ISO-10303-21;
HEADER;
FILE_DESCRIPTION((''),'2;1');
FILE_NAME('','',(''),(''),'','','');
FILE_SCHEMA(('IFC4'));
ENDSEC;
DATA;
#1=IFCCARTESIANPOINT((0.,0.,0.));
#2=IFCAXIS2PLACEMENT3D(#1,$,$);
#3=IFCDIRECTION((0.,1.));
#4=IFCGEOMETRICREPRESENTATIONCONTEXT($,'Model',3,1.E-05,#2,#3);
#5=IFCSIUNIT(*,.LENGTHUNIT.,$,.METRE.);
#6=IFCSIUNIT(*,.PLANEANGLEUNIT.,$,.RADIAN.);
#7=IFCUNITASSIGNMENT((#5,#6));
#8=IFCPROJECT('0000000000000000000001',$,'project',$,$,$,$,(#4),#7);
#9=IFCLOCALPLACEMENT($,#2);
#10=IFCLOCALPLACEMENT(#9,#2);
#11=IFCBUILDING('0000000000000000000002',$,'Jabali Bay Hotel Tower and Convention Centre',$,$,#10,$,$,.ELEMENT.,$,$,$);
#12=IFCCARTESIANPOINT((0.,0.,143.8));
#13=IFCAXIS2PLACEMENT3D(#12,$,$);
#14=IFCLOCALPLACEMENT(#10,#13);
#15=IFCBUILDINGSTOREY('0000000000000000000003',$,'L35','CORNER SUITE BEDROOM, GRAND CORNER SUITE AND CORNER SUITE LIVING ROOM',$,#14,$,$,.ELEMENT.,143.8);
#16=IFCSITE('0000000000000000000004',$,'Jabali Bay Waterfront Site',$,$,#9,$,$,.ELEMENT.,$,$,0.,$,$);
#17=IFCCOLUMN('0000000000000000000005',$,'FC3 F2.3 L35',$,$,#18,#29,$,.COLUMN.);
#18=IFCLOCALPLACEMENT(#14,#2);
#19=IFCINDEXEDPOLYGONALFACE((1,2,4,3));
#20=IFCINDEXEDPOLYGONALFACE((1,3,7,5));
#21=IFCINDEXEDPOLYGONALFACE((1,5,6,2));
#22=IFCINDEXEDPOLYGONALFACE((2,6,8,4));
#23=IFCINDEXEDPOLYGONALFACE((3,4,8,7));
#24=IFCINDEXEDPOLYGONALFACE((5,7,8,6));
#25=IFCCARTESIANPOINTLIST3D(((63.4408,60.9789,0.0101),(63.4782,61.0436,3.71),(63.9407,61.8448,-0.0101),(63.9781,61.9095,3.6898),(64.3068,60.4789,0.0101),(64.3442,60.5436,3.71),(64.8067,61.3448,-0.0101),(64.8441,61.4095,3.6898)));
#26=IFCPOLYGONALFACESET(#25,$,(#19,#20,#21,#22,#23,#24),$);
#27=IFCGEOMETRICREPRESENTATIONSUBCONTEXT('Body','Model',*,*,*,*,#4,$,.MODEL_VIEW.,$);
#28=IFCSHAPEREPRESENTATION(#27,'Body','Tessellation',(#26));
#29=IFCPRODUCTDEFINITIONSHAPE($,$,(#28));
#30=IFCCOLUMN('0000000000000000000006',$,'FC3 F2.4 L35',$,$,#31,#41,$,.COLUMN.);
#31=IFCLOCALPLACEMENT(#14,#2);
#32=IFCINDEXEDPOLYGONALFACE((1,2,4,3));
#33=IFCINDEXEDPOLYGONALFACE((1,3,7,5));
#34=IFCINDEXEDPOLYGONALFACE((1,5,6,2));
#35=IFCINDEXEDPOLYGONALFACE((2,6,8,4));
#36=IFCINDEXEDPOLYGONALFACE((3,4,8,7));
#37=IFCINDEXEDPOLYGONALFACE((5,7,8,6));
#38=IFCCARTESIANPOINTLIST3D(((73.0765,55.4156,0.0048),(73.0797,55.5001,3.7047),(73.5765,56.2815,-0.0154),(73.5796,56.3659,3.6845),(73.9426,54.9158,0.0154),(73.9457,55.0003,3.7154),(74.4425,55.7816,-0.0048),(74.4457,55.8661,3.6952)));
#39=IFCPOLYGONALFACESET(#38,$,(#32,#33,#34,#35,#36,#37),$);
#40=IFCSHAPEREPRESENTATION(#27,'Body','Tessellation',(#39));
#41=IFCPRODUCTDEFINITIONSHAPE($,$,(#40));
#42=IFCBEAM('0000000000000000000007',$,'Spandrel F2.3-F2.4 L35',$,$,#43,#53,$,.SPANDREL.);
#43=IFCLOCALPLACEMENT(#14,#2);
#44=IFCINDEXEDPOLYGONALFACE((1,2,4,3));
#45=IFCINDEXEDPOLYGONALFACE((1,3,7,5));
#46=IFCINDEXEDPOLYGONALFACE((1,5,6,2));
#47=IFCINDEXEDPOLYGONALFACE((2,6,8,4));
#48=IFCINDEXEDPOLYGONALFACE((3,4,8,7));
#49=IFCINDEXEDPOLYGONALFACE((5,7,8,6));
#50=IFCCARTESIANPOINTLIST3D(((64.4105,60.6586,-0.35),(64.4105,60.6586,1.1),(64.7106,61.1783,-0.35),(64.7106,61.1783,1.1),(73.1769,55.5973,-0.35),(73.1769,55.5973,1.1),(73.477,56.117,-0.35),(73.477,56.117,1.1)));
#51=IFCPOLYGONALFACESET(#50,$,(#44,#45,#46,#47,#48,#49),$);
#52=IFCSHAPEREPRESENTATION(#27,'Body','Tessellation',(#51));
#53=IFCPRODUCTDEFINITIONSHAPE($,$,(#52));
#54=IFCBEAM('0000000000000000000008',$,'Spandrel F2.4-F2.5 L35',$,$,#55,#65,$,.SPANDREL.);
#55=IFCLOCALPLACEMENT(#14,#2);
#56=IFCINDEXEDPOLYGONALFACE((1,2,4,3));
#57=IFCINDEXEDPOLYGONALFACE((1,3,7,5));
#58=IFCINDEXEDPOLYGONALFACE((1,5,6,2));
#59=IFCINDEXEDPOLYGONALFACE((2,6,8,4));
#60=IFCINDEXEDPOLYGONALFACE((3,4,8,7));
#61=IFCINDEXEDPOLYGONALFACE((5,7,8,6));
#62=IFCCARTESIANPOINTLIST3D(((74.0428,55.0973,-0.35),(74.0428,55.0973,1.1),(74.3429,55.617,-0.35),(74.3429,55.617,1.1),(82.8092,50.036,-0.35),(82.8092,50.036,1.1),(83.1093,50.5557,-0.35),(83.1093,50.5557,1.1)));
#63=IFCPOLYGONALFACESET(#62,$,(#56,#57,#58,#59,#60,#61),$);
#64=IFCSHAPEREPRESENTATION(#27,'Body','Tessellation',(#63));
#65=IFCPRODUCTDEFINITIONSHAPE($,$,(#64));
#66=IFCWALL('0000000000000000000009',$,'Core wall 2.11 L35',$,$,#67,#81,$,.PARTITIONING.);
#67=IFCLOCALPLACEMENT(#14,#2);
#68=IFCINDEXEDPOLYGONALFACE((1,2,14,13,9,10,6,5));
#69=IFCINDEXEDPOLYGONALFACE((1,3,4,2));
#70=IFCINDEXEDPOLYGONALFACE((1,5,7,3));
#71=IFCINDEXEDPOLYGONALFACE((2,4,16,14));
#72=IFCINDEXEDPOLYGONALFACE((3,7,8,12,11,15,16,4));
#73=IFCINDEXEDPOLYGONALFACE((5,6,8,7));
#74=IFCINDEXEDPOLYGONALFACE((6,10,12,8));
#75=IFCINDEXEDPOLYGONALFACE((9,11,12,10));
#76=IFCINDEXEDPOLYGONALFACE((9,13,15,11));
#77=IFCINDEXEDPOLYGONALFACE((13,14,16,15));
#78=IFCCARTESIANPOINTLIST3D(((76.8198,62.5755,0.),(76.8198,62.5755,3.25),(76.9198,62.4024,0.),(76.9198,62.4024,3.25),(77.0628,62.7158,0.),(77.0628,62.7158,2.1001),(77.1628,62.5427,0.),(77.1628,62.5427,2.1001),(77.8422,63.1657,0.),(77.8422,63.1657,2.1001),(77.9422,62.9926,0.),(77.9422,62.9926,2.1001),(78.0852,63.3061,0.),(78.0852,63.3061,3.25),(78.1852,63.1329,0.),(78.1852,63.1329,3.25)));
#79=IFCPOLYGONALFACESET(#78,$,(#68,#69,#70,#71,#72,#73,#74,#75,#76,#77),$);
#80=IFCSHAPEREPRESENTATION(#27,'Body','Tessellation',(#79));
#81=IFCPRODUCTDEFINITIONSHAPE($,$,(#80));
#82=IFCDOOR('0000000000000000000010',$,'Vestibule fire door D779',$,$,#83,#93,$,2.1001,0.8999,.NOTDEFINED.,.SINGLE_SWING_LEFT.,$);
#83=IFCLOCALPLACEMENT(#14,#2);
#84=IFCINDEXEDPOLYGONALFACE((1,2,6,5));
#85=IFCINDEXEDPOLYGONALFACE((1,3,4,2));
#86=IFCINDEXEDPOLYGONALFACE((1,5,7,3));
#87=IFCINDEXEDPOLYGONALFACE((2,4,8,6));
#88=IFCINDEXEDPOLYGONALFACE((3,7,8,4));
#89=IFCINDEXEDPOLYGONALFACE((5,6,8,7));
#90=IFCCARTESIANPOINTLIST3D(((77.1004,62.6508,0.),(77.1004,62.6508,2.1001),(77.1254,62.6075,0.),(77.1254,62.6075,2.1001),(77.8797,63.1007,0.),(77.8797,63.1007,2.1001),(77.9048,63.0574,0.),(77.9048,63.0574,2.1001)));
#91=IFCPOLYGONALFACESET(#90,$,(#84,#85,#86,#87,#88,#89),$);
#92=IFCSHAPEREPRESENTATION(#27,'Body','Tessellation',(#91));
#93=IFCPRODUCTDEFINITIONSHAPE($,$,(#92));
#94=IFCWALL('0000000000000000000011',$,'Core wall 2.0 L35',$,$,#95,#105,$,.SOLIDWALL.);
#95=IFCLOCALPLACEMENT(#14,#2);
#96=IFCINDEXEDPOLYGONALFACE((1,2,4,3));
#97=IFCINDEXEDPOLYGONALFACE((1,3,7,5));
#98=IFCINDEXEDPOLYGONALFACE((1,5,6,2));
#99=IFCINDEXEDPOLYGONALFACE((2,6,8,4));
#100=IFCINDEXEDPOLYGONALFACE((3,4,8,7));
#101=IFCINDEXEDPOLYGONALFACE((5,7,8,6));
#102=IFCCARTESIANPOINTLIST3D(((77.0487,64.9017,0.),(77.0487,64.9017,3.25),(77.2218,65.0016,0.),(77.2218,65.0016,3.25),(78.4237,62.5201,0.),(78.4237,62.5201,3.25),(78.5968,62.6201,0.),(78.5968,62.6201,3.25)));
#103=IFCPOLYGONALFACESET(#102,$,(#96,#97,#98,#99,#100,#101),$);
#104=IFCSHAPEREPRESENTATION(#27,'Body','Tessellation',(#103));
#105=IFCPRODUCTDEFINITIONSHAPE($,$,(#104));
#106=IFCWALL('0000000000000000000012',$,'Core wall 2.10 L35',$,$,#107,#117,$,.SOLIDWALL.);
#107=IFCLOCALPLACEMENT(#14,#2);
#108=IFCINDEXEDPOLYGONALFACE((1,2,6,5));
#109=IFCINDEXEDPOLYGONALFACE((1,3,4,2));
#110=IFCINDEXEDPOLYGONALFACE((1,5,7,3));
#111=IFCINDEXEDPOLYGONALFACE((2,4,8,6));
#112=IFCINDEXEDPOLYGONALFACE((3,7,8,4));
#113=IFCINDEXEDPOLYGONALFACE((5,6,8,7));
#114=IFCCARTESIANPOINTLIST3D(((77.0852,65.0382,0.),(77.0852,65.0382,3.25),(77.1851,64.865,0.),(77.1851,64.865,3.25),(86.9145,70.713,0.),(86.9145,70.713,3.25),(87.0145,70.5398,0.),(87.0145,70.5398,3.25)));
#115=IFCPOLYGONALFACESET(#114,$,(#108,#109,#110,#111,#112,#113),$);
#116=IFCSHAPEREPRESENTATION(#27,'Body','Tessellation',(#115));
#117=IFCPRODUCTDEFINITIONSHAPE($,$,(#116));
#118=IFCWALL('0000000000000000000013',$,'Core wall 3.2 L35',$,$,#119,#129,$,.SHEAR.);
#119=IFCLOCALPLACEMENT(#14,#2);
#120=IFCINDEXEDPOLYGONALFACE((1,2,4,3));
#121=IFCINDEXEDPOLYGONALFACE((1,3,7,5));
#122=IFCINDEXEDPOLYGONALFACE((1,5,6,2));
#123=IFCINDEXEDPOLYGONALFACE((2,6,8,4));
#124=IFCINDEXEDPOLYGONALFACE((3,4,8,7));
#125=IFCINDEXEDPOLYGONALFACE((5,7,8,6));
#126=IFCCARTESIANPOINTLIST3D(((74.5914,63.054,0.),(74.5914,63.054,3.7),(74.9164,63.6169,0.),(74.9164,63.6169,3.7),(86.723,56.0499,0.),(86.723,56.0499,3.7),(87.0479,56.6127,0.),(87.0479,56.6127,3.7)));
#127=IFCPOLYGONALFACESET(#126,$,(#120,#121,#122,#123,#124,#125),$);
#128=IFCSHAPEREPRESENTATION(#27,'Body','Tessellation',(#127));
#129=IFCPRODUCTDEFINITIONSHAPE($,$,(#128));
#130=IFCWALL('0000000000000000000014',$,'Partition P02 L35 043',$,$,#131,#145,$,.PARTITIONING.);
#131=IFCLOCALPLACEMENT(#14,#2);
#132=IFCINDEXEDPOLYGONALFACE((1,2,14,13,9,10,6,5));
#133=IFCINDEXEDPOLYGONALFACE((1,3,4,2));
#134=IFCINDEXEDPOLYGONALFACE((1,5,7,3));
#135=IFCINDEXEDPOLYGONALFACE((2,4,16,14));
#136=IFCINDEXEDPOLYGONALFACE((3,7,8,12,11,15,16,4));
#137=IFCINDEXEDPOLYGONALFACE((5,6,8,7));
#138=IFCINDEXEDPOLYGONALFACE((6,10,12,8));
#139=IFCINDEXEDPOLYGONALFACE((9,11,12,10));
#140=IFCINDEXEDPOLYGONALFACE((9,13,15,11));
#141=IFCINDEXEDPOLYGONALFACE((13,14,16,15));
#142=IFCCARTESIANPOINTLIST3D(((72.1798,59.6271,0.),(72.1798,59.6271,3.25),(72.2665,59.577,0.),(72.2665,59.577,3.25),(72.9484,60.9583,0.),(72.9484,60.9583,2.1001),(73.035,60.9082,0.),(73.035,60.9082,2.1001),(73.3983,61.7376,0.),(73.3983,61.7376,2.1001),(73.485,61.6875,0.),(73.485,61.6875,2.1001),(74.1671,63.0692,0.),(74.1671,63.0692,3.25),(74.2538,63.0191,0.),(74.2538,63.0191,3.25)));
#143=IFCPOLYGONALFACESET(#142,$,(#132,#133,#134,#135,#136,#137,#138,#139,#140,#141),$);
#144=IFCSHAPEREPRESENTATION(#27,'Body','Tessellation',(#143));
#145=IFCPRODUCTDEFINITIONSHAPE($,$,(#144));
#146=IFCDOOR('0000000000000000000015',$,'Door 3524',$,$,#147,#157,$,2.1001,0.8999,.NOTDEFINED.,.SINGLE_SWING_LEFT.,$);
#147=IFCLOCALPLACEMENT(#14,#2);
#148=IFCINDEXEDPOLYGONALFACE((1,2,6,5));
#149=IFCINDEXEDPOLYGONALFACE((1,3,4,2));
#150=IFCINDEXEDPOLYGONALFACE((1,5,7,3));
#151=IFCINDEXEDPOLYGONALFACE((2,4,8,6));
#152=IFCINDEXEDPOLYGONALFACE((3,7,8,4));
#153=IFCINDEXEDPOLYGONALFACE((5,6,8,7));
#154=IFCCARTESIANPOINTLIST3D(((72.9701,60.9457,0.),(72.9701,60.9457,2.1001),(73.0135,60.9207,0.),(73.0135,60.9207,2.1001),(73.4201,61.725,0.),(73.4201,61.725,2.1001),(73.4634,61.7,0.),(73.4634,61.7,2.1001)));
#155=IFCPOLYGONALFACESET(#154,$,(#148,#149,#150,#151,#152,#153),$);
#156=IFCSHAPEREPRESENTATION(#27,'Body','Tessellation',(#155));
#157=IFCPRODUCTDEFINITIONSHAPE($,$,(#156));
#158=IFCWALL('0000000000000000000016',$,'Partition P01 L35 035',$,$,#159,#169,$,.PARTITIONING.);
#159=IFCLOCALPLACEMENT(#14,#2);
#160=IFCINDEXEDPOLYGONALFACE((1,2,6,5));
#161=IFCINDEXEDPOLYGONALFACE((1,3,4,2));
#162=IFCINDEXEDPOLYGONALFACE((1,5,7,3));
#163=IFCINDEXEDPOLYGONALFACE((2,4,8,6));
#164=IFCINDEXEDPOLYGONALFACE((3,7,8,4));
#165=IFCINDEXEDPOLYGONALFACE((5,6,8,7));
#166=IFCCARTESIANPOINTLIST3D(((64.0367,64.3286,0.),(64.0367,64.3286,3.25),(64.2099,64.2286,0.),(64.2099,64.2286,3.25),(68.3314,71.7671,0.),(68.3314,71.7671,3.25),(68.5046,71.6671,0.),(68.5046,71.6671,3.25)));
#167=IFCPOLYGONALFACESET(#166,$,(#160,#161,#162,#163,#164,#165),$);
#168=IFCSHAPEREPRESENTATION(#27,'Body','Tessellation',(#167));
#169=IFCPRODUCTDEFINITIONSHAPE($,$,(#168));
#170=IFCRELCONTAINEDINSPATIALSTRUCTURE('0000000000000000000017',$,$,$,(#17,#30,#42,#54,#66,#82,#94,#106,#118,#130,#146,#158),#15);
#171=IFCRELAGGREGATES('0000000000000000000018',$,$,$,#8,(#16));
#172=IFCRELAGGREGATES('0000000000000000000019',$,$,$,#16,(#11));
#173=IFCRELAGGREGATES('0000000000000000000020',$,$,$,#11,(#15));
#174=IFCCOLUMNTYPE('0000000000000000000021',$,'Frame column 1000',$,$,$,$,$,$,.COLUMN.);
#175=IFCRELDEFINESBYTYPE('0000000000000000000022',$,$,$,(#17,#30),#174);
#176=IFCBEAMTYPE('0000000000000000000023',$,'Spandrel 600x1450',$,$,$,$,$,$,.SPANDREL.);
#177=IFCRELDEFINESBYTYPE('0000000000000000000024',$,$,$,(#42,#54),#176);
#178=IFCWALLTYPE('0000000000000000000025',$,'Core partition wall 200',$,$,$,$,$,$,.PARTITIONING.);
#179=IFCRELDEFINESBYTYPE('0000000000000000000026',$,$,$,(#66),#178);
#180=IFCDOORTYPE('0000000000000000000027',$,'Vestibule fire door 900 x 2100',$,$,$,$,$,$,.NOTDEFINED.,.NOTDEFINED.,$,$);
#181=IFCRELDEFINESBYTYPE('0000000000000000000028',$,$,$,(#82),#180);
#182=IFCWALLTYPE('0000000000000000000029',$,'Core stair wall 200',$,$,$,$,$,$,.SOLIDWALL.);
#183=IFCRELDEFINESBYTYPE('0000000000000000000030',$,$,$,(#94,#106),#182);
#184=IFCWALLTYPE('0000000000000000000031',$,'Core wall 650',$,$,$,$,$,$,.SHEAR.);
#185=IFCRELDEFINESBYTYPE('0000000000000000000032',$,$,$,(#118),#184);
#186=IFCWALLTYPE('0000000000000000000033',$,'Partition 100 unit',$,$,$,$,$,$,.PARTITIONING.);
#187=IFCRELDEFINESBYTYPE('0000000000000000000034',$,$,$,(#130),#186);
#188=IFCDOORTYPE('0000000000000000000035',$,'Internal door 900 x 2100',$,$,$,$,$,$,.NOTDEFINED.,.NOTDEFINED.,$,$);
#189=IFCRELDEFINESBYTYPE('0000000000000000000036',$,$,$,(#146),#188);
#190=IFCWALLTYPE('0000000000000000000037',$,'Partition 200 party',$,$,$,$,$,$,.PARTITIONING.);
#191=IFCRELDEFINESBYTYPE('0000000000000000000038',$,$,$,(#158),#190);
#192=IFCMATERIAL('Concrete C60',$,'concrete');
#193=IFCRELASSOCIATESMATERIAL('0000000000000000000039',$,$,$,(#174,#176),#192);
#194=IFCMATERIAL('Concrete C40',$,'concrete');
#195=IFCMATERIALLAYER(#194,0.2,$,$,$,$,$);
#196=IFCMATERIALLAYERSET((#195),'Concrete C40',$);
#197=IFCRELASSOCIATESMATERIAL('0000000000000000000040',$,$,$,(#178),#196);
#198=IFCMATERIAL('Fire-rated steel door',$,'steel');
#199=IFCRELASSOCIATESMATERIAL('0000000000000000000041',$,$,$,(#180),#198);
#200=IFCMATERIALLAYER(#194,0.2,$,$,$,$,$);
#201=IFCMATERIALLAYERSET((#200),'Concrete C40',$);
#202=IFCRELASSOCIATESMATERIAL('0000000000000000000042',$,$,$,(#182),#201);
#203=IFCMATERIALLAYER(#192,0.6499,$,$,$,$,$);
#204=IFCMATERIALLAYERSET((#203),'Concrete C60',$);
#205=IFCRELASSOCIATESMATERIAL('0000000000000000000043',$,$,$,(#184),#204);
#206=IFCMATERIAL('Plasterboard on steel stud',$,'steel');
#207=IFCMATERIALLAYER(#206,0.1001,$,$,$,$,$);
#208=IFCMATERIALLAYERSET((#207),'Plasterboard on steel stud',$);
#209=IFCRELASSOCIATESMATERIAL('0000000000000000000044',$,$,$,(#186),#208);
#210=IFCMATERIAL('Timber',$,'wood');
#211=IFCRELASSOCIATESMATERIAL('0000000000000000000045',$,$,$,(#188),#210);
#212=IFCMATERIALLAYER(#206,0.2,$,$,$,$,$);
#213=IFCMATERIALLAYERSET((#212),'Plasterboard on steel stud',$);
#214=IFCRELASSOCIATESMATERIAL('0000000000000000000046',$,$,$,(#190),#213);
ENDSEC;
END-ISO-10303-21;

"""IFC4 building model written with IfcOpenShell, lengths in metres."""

from ifc_helpers import new_model, si_unit, direction, frame, frame_2d, origin, origin_2d, place, context, subcontext, project, spatial, rectangle, extrude, material, layer, layer_set, material_profile, profile_set, type_object, element, fill, save


model = new_model("IFC4")

# Units and contexts
model_context = context("Model", 3, precision=1e-05, world=origin(), true_north=direction((0.0, 1.0)))
body_context = subcontext(model_context, "Body", "Model", "MODEL_VIEW")
ifc_project = project(units=[si_unit("LENGTHUNIT", "METRE"), si_unit("PLANEANGLEUNIT", "RADIAN")], contexts=[model_context])

# Site, building, storey
site_placement = place(None, origin())
site = spatial("IfcSite", under=ifc_project, at=site_placement, Name="Jabali Bay Waterfront Site", CompositionType="ELEMENT", RefElevation=0.0)
building_placement = place(site_placement, origin())
building = spatial("IfcBuilding", under=site, at=building_placement, Name="Jabali Bay Hotel Tower and Convention Centre", CompositionType="ELEMENT")
storey_placement = place(building_placement, frame((0.0, 0.0, 143.8)))
storey = spatial("IfcBuildingStorey", under=building, at=storey_placement, Name="L35", Description="CORNER SUITE BEDROOM, GRAND CORNER SUITE AND CORNER SUITE LIVING ROOM", CompositionType="ELEMENT", Elevation=143.8)

# Columns
ifc_material_1 = material(Name="Concrete C60", Category="concrete")
ifc_material_profile_1 = material_profile(ifc_material_1, rectangle(XDim=1.0, YDim=1.0, at=origin_2d()), Name="Frame column 1000")
ifc_profile_set_1 = profile_set([ifc_material_profile_1], Name="Concrete C60")
column_type = type_object("IfcColumnType", Name="Frame column 1000", PredefinedType="COLUMN", material=ifc_profile_set_1)
column_1_placement = place(storey_placement, frame((64.1238, 61.1619, 0.0), z_axis=(0.010094, 0.017482, 0.999796), x_axis=(-0.499907, -0.865844, 0.020187)))
element("IfcColumn", 1, at=column_1_placement, inside=storey, type_object=column_type, Name="FC3 F2.3 L35", PredefinedType="COLUMN", context=body_context, shape_type="SweptSolid", body=[
    extrude(rectangle(XDim=1.0, YDim=1.0, at=origin_2d()), origin(), (0.0, 0.0, 1.0), 3.7007),
])
column_2_placement = place(storey_placement, frame((73.7595, 55.5986, 0.0), z_axis=(0.000858, 0.022825, 0.999739), x_axis=(-0.499949, -0.865819, 0.020196)))
element("IfcColumn", 2, at=column_2_placement, inside=storey, type_object=column_type, Name="FC3 F2.4 L35", PredefinedType="COLUMN", context=body_context, shape_type="SweptSolid", body=[
    extrude(rectangle(XDim=1.0, YDim=1.0, at=origin_2d()), origin(), (0.0, 0.0, 1.0), 3.7009),
])

# Beams
ifc_material_profile_2 = material_profile(ifc_material_1, rectangle(XDim=0.6001, YDim=1.45, at=origin_2d()), Name="Spandrel 600x1450")
ifc_profile_set_2 = profile_set([ifc_material_profile_2], Name="Concrete C60")
beam_type = type_object("IfcBeamType", Name="Spandrel 600x1450", PredefinedType="SPANDREL", material=ifc_profile_set_2)
for number, where, z_axis, x_axis, name in (
    (3, (64.5605, 60.9185, 0.375), (0.866025, -0.500002, 0.0), (0.500002, 0.866025, 0.0), "Spandrel F2.3-F2.4 L35"),
    (4, (74.1929, 55.3572, 0.375), (0.866025, -0.500002, 0.0), (0.500002, 0.866025, 0.0), "Spandrel F2.4-F2.5 L35"),
):
    element("IfcBeam", number, at=place(storey_placement, frame(where, z_axis=z_axis, x_axis=x_axis)), inside=storey, type_object=beam_type, Name=name, PredefinedType="SPANDREL", context=body_context, shape_type="SweptSolid", body=[
        extrude(rectangle(XDim=0.6001, YDim=1.45, at=origin_2d()), origin(), (0.0, 0.0, 1.0), 10.1226),
    ])

# Wall, opening, door
ifc_material_2 = material(Name="Concrete C40", Category="concrete")
ifc_layer_1 = layer(ifc_material_2, 0.2)
ifc_layer_set_1 = layer_set([ifc_layer_1], Name="Concrete C40")
wall_type_1 = type_object("IfcWallType", Name="Core partition wall 200", PredefinedType="PARTITIONING", material=ifc_layer_set_1)
wall_1_placement = place(storey_placement, frame((76.8699, 62.489, 0.0), z_axis=(0.0, 0.0, 1.0), x_axis=(0.866055, 0.499949, 0.0)))
wall_1 = element("IfcWall", 5, at=wall_1_placement, inside=storey, type_object=wall_type_1, Name="Core wall 2.11 L35", PredefinedType="PARTITIONING", context=body_context, shape_type="SweptSolid", body=[
    extrude(rectangle(XDim=1.4612, YDim=0.2, at=frame_2d((0.7305, 0.0))), origin(), (0.0, 0.0, 1.0), 3.25),
])
opening_1_placement = place(wall_1_placement, frame((0.2805, 0.0, 0.0)))
opening_1 = element("IfcOpeningElement", 6, at=opening_1_placement, cuts=wall_1, PredefinedType="OPENING", context=body_context, shape_type="SweptSolid", body=[
    extrude(rectangle(XDim=0.8999, YDim=2.1001, at=frame_2d((0.45, 1.05))), frame((0.0, 0.1104, 0.0), z_axis=(0.0, -1.0, 0.0), x_axis=(1.0, 0.0, 0.0)), (0.0, 0.0, 1.0), 0.2209),
])
ifc_material_3 = material(Name="Fire-rated steel door", Category="steel")
door_type_1 = type_object("IfcDoorType", Name="Vestibule fire door 900 x 2100", OperationType="NOTDEFINED", PredefinedType="NOTDEFINED", material=ifc_material_3)
door_1_placement = place(opening_1_placement, origin())
door_1 = element("IfcDoor", 7, at=door_1_placement, inside=storey, type_object=door_type_1, Name="Vestibule fire door D779", OperationType="SINGLE_SWING_LEFT", OverallHeight=2.1001, OverallWidth=0.8999, PredefinedType="NOTDEFINED", context=body_context, shape_type="SweptSolid", body=[
    extrude(rectangle(XDim=0.8999, YDim=2.1001, at=frame_2d((0.45, 1.05))), frame((0.0, 0.0249, 0.0), z_axis=(0.0, -1.0, 0.0), x_axis=(1.0, 0.0, 0.0)), (0.0, 0.0, 1.0), 0.05),
])
fill(opening_1, door_1)

# Walls
ifc_layer_2 = layer(ifc_material_2, 0.2)
ifc_layer_set_2 = layer_set([ifc_layer_2], Name="Concrete C40")
wall_type_2 = type_object("IfcWallType", Name="Core stair wall 200", PredefinedType="SOLIDWALL", material=ifc_layer_set_2)
wall_2_placement = place(storey_placement, frame((77.1353, 64.9517, 0.0), z_axis=(0.0, 0.0, 1.0), x_axis=(0.499997, -0.866027, 0.0)))
element("IfcWall", 8, at=wall_2_placement, inside=storey, type_object=wall_type_2, Name="Core wall 2.0 L35", PredefinedType="SOLIDWALL", context=body_context, shape_type="SweptSolid", body=[
    extrude(rectangle(XDim=2.75, YDim=0.2, at=frame_2d((1.375, 0.0))), origin(), (0.0, 0.0, 1.0), 3.25),
])
wall_3_placement = place(storey_placement, frame((77.1353, 64.9517, 0.0), z_axis=(0.0, 0.0, 1.0), x_axis=(0.866032, 0.499989, 0.0)))
element("IfcWall", 9, at=wall_3_placement, inside=storey, type_object=wall_type_2, Name="Core wall 2.10 L35", PredefinedType="SOLIDWALL", context=body_context, shape_type="SweptSolid", body=[
    extrude(rectangle(XDim=11.3499, YDim=0.2, at=frame_2d((5.6748, 0.0))), origin(), (0.0, 0.0, 1.0), 3.25),
])
ifc_layer_3 = layer(ifc_material_1, 0.6499)
ifc_layer_set_3 = layer_set([ifc_layer_3], Name="Concrete C60")
wall_type_3 = type_object("IfcWallType", Name="Core wall 650", PredefinedType="SHEAR", material=ifc_layer_set_3)
wall_4_placement = place(storey_placement, frame((74.7539, 63.3354, 0.0), z_axis=(0.0, 0.0, 1.0), x_axis=(0.866026, -0.499999, 0.0)))
element("IfcWall", 10, at=wall_4_placement, inside=storey, type_object=wall_type_3, Name="Core wall 3.2 L35", PredefinedType="SHEAR", context=body_context, shape_type="SweptSolid", body=[
    extrude(rectangle(XDim=14.0083, YDim=0.6499, at=frame_2d((7.0042, 0.0))), origin(), (0.0, 0.0, 1.0), 3.7),
])

# Wall, opening, door
ifc_material_4 = material(Name="Plasterboard on steel stud", Category="steel")
ifc_layer_4 = layer(ifc_material_4, 0.1001)
ifc_layer_set_4 = layer_set([ifc_layer_4], Name="Plasterboard on steel stud")
wall_type_4 = type_object("IfcWallType", Name="Partition 100 unit", PredefinedType="PARTITIONING", material=ifc_layer_set_4)
wall_5_placement = place(storey_placement, frame((72.2231, 59.6021, 0.0), z_axis=(0.0, 0.0, 1.0), x_axis=(0.499997, 0.866027, 0.0)))
wall_5 = element("IfcWall", 11, at=wall_5_placement, inside=storey, type_object=wall_type_4, Name="Partition P02 L35 043", PredefinedType="PARTITIONING", context=body_context, shape_type="SweptSolid", body=[
    extrude(rectangle(XDim=3.9746, YDim=0.1001, at=frame_2d((1.9873, 0.0))), origin(), (0.0, 0.0, 1.0), 3.25),
])
opening_2_placement = place(wall_5_placement, frame((1.5371, 0.0, 0.0)))
opening_2 = element("IfcOpeningElement", 12, at=opening_2_placement, cuts=wall_5, PredefinedType="OPENING", context=body_context, shape_type="SweptSolid", body=[
    extrude(rectangle(XDim=0.8999, YDim=2.1001, at=frame_2d((0.45, 1.05))), frame((0.0, 0.0605, 0.0), z_axis=(0.0, -1.0, 0.0), x_axis=(1.0, 0.0, 0.0)), (0.0, 0.0, 1.0), 0.1211),
])
ifc_material_5 = material(Name="Timber", Category="wood")
door_type_2 = type_object("IfcDoorType", Name="Internal door 900 x 2100", OperationType="NOTDEFINED", PredefinedType="NOTDEFINED", material=ifc_material_5)
door_2_placement = place(opening_2_placement, origin())
door_2 = element("IfcDoor", 13, at=door_2_placement, inside=storey, type_object=door_type_2, Name="Door 3524", OperationType="SINGLE_SWING_LEFT", OverallHeight=2.1001, OverallWidth=0.8999, PredefinedType="NOTDEFINED", context=body_context, shape_type="SweptSolid", body=[
    extrude(rectangle(XDim=0.8999, YDim=2.1001, at=frame_2d((0.45, 1.05))), frame((0.0, 0.0249, 0.0), z_axis=(0.0, -1.0, 0.0), x_axis=(1.0, 0.0, 0.0)), (0.0, 0.0, 1.0), 0.05),
])
fill(opening_2, door_2)

# Wall
ifc_layer_5 = layer(ifc_material_4, 0.2)
ifc_layer_set_5 = layer_set([ifc_layer_5], Name="Plasterboard on steel stud")
wall_type_5 = type_object("IfcWallType", Name="Partition 200 party", PredefinedType="PARTITIONING", material=ifc_layer_set_5)
wall_6_placement = place(storey_placement, frame((64.1233, 64.2786, 0.0), z_axis=(0.0, 0.0, 1.0), x_axis=(0.500006, 0.866022, 0.0)))
element("IfcWall", 14, at=wall_6_placement, inside=storey, type_object=wall_type_5, Name="Partition P01 L35 035", PredefinedType="PARTITIONING", context=body_context, shape_type="SweptSolid", body=[
    extrude(rectangle(XDim=8.5894, YDim=0.2, at=frame_2d((4.2947, 0.0))), origin(), (0.0, 0.0, 1.0), 3.25),
])

save(model, "model.ifc")
